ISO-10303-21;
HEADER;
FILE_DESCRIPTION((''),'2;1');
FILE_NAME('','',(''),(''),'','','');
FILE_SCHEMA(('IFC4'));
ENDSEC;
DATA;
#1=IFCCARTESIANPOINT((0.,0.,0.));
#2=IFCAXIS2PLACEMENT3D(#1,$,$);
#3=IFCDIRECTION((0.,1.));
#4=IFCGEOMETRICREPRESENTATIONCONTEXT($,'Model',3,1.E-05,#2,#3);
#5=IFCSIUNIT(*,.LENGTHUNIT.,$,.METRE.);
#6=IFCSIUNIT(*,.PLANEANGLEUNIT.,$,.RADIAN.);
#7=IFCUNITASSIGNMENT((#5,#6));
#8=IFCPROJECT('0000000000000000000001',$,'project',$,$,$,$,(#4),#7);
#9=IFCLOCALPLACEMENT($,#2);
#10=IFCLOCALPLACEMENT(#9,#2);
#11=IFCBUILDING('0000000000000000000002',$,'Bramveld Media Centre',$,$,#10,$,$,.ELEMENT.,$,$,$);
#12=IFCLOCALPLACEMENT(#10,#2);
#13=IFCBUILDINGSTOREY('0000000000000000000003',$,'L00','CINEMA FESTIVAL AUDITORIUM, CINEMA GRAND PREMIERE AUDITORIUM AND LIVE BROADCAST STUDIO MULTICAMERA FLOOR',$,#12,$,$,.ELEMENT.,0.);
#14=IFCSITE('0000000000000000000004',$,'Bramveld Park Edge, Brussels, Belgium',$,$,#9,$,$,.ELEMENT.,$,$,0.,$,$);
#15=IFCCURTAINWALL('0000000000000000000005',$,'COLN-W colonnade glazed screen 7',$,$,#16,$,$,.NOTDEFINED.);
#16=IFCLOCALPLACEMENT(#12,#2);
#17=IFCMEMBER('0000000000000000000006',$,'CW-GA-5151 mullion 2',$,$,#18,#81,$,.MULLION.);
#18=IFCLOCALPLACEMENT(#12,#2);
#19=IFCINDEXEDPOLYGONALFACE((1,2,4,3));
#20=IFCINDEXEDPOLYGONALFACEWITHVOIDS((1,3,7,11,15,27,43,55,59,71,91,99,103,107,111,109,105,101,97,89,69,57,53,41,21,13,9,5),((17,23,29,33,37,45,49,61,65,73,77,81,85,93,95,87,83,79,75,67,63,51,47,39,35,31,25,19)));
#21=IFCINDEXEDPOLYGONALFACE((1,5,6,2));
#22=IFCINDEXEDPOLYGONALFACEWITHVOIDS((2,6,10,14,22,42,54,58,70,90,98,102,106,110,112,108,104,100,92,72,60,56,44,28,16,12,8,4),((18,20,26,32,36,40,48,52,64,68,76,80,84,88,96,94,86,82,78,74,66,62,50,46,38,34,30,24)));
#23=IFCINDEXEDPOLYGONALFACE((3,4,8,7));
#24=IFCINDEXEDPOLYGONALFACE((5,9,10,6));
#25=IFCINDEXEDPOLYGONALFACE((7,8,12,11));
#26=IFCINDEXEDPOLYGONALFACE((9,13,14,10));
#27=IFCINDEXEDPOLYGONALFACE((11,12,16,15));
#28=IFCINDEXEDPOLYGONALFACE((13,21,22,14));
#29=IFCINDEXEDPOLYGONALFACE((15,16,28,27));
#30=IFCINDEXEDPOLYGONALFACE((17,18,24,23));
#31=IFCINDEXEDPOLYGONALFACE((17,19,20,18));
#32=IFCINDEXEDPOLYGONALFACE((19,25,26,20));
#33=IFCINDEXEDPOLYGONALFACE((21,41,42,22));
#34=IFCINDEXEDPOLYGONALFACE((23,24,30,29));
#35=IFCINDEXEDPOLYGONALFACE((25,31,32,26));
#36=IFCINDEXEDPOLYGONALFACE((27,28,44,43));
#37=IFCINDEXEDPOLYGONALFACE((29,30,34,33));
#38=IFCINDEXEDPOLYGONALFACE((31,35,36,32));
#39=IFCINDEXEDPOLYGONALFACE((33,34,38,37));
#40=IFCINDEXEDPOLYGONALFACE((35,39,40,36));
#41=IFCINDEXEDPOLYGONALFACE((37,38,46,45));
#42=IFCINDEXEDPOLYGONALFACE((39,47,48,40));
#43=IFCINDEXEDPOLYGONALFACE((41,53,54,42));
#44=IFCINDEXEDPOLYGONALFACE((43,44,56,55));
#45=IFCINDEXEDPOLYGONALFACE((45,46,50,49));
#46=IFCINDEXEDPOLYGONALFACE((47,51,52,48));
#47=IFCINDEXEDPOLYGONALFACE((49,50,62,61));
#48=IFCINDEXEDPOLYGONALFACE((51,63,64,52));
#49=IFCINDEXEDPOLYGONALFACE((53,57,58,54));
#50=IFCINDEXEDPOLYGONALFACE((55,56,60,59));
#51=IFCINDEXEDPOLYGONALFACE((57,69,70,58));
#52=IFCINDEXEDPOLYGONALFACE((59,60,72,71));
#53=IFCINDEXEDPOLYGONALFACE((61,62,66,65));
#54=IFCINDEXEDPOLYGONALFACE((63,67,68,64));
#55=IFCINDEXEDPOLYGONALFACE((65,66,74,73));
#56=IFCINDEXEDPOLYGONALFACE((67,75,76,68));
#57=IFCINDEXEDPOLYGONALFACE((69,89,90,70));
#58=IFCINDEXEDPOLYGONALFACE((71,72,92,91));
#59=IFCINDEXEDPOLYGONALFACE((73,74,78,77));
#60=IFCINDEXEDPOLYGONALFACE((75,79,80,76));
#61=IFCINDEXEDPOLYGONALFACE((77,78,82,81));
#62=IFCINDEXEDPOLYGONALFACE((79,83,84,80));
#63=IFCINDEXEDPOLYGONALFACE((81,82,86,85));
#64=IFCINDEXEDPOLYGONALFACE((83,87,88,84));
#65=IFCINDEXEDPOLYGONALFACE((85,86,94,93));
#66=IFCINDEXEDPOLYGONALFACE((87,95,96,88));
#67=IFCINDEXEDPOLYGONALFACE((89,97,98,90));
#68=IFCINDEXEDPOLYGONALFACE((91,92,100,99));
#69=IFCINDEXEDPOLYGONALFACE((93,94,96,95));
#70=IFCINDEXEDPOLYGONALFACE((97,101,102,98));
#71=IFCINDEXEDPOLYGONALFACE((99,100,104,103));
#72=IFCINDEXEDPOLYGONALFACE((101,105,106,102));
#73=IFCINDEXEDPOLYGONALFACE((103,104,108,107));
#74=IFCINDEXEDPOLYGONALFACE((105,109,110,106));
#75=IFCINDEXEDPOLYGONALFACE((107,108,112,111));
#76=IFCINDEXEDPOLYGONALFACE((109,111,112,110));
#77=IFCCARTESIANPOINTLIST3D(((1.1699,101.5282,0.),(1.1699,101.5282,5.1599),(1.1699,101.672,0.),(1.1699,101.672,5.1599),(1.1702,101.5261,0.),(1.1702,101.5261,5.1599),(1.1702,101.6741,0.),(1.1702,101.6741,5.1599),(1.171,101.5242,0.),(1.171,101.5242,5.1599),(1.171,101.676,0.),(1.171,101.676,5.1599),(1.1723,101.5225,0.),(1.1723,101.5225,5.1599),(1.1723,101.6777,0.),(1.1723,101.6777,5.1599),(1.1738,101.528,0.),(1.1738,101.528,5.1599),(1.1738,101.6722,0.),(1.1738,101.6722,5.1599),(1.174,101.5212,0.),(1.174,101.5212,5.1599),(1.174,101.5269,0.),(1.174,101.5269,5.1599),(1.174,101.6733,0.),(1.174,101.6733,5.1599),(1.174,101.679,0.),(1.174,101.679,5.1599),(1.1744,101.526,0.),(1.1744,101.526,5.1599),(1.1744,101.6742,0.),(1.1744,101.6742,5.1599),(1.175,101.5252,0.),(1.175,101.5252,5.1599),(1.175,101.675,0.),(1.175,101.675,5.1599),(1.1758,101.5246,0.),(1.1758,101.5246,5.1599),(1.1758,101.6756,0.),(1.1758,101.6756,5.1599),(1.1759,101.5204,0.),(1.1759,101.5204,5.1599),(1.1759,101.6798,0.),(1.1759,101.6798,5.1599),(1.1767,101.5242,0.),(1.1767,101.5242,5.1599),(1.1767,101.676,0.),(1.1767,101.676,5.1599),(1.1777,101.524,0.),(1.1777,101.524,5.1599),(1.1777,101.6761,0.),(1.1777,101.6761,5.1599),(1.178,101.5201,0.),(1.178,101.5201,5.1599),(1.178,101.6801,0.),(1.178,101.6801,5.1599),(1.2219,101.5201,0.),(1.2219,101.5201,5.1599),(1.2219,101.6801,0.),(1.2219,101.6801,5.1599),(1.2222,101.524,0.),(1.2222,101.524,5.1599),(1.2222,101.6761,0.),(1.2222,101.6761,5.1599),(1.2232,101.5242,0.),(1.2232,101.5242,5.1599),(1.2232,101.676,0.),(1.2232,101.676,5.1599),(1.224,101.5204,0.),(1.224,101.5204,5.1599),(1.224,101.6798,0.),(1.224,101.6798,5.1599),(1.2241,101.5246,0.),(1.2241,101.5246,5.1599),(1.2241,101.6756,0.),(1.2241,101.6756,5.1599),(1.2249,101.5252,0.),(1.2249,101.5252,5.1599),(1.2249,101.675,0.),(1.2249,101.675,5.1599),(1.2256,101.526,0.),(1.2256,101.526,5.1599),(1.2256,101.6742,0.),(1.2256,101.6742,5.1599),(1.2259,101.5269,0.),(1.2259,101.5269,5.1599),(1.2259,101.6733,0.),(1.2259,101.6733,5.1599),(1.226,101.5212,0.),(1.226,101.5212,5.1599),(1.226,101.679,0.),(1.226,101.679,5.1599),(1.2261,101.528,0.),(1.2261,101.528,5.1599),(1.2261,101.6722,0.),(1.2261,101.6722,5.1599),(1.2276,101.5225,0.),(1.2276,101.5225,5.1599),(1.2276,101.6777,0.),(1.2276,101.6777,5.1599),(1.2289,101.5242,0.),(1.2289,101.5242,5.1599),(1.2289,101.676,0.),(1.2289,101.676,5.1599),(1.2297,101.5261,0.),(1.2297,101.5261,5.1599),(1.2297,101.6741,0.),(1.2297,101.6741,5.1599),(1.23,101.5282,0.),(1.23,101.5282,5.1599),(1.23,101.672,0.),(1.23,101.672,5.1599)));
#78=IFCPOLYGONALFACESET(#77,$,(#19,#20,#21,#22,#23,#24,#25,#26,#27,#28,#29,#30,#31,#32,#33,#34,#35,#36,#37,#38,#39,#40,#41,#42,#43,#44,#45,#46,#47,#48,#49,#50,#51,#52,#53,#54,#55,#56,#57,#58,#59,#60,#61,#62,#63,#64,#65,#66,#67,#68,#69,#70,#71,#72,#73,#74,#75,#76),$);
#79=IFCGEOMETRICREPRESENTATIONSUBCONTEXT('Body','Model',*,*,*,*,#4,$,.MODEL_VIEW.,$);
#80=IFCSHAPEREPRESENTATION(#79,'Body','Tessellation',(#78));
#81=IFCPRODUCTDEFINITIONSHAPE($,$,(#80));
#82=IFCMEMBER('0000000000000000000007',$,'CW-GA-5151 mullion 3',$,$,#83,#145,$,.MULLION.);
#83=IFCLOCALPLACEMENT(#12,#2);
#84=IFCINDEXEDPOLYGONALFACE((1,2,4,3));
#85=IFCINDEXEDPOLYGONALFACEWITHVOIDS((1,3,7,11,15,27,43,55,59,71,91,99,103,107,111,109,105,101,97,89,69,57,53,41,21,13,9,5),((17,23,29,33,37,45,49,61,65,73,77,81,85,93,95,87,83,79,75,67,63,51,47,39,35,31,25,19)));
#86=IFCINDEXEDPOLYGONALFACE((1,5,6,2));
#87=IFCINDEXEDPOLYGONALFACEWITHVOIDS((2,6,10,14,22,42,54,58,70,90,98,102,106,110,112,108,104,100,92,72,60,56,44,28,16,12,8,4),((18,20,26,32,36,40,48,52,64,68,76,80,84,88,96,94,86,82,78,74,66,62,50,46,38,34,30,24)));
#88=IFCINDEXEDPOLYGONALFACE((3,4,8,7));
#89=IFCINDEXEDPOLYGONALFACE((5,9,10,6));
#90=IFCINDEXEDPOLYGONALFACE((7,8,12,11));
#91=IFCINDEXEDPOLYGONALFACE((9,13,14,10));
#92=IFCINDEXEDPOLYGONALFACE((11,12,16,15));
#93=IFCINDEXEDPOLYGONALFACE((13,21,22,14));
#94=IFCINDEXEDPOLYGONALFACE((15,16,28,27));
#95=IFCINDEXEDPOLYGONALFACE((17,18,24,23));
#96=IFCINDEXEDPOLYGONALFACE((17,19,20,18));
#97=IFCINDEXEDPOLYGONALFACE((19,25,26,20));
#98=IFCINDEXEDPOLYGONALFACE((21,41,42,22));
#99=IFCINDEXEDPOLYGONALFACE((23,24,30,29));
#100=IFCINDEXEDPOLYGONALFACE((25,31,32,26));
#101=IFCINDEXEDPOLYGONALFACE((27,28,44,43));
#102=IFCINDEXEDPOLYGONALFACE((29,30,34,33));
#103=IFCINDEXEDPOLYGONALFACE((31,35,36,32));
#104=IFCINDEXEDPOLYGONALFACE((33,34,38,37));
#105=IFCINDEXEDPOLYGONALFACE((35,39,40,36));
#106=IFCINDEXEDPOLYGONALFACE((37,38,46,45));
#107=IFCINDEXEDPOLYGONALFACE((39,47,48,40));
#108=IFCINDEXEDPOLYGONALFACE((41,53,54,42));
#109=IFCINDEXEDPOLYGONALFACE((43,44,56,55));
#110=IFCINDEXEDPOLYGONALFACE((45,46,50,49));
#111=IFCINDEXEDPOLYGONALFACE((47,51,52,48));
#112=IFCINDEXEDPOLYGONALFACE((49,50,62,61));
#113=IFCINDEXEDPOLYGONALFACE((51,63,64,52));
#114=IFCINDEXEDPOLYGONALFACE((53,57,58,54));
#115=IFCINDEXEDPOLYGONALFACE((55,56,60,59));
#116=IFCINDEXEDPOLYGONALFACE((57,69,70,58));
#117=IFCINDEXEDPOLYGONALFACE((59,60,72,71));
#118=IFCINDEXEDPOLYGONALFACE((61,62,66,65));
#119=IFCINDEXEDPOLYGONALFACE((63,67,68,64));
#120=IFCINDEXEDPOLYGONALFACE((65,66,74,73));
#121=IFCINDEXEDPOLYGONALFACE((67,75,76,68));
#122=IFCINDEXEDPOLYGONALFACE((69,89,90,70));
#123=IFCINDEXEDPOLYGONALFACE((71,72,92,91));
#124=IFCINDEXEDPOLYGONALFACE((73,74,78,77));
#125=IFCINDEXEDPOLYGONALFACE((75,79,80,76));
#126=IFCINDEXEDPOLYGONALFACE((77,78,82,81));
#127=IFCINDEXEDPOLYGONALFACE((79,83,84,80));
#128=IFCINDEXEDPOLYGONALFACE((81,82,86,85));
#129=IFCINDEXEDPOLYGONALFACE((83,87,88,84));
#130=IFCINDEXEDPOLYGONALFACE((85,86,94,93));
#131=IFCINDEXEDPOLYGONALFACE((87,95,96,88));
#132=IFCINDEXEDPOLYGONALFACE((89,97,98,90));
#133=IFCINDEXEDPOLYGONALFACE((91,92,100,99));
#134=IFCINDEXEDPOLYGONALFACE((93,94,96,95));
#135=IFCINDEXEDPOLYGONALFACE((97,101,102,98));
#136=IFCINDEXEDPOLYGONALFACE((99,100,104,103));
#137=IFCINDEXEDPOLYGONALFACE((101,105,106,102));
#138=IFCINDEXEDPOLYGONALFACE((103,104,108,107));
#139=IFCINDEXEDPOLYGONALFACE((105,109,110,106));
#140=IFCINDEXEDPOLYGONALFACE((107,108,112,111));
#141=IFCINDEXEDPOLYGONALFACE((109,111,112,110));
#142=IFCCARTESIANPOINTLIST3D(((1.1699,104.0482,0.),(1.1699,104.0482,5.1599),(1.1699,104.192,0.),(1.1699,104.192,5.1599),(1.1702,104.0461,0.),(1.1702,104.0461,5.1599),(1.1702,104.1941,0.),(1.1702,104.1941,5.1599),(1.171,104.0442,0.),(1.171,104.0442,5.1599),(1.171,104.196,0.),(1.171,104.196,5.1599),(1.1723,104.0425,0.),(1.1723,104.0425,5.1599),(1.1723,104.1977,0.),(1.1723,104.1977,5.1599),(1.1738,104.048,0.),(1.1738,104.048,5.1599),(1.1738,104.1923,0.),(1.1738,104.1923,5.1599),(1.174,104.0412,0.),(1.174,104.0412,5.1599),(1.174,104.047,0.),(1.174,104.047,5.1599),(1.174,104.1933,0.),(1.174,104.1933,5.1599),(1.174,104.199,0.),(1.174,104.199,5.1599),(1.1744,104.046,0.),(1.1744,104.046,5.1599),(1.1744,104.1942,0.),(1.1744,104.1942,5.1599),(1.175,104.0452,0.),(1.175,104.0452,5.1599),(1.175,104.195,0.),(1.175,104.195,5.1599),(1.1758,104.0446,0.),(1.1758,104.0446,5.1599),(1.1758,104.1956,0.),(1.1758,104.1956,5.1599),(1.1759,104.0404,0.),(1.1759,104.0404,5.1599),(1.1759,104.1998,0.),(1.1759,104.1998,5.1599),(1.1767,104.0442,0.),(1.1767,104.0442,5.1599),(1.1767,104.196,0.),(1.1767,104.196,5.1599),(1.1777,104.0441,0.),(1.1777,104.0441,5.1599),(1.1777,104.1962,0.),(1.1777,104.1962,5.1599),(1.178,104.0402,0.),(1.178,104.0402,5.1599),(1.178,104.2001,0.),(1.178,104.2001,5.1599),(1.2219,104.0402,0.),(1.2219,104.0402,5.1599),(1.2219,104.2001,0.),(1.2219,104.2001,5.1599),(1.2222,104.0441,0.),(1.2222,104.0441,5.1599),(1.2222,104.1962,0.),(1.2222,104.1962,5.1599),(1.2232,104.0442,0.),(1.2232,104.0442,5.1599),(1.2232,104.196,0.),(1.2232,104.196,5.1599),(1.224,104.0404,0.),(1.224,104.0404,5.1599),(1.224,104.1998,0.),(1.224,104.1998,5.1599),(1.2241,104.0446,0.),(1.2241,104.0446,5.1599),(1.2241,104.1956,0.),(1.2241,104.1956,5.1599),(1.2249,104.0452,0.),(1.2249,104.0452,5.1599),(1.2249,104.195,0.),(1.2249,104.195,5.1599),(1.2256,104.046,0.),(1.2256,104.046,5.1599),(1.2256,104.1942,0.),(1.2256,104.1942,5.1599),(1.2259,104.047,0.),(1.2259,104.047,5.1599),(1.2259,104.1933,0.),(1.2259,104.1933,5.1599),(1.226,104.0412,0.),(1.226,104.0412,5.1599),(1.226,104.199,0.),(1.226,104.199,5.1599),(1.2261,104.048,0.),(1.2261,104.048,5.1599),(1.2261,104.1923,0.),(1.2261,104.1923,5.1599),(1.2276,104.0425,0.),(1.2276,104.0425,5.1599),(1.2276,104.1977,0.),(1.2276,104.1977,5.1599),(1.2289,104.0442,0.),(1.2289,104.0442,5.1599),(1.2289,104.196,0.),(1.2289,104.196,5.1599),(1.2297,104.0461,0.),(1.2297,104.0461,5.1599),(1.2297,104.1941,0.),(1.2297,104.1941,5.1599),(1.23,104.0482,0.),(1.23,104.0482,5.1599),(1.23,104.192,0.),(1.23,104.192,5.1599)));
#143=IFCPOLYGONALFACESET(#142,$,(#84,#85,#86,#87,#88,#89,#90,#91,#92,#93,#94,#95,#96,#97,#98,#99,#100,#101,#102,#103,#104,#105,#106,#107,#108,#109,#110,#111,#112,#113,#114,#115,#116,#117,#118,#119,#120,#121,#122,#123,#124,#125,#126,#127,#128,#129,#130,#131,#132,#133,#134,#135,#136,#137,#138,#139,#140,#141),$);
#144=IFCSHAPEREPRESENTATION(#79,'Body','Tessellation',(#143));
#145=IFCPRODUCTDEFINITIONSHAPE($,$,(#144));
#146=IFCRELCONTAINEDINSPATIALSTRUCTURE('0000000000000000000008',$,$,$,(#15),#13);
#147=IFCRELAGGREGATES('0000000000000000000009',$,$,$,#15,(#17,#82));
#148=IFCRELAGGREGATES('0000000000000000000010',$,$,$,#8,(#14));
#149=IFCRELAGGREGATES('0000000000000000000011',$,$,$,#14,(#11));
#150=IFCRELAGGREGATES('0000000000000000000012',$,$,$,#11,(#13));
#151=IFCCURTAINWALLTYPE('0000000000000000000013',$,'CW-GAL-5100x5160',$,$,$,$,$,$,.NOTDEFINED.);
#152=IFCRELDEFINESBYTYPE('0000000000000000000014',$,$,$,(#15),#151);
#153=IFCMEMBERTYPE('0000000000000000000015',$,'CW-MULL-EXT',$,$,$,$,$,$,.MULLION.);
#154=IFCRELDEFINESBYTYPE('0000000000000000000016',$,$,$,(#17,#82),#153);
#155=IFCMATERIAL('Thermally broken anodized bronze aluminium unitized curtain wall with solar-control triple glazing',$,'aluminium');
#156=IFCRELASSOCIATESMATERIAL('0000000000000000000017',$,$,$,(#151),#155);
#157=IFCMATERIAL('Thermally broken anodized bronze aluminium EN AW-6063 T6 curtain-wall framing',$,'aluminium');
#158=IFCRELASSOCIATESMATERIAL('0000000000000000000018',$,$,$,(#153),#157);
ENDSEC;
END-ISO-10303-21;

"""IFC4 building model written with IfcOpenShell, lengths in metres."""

from ifc_helpers import new_model, si_unit, direction, frame, origin, origin_2d, place, context, subcontext, project, spatial, hollow_rectangle, extrude, material, material_profile, profile_set, type_object, element, aggregate, save


model = new_model("IFC4")

# Units and contexts
model_context = context("Model", 3, precision=1e-05, world=origin(), true_north=direction((0.0, 1.0)))
body_context = subcontext(model_context, "Body", "Model", "MODEL_VIEW")
ifc_project = project(units=[si_unit("LENGTHUNIT", "METRE"), si_unit("PLANEANGLEUNIT", "RADIAN")], contexts=[model_context])

# Site, building, storey
site_placement = place(None, origin())
site = spatial("IfcSite", under=ifc_project, at=site_placement, Name="Bramveld Park Edge, Brussels, Belgium", CompositionType="ELEMENT", RefElevation=0.0)
building_placement = place(site_placement, origin())
building = spatial("IfcBuilding", under=site, at=building_placement, Name="Bramveld Media Centre", CompositionType="ELEMENT")
storey_placement = place(building_placement, origin())
storey = spatial("IfcBuildingStorey", under=building, at=storey_placement, Name="L00", Description="CINEMA FESTIVAL AUDITORIUM, CINEMA GRAND PREMIERE AUDITORIUM AND LIVE BROADCAST STUDIO MULTICAMERA FLOOR", CompositionType="ELEMENT", Elevation=0.0)

# Curtain wall, members
ifc_material_1 = material(Name="Thermally broken anodized bronze aluminium unitized curtain wall with solar-control triple glazing", Category="aluminium")
curtain_wall_type = type_object("IfcCurtainWallType", Name="CW-GAL-5100x5160", PredefinedType="NOTDEFINED", material=ifc_material_1)
curtain_wall_1_placement = place(storey_placement, origin())
curtain_wall_1 = element("IfcCurtainWall", 1, at=curtain_wall_1_placement, inside=storey, type_object=curtain_wall_type, Name="COLN-W colonnade glazed screen 7", PredefinedType="NOTDEFINED")
ifc_material_2 = material(Name="Thermally broken anodized bronze aluminium EN AW-6063 T6 curtain-wall framing", Category="aluminium")
ifc_material_profile_1 = material_profile(ifc_material_2, hollow_rectangle(XDim=0.0601, YDim=0.1599, WallThickness=0.0039, InnerFilletRadius=0.0039, OuterFilletRadius=0.0081, at=origin_2d()), Name="AL-MULL 60x160")
ifc_profile_set_1 = profile_set([ifc_material_profile_1], Name="Thermally broken anodized bronze aluminium EN AW-6063 T6 curtain-wall framing")
member_type_1 = type_object("IfcMemberType", Name="CW-MULL-EXT", PredefinedType="MULLION", material=ifc_profile_set_1)
member_1_placement = place(storey_placement, frame((1.2, 101.6001, 0.0), z_axis=(0.0, 0.0, 1.0), x_axis=(-1.0, 0.0, 0.0)))
member_1 = element("IfcMember", 2, at=member_1_placement, type_object=member_type_1, Name="CW-GA-5151 mullion 2", PredefinedType="MULLION", context=body_context, shape_type="SweptSolid", body=[
    extrude(hollow_rectangle(XDim=0.0601, YDim=0.1599, WallThickness=0.0039, InnerFilletRadius=0.0039, OuterFilletRadius=0.0081, at=origin_2d()), origin(), (0.0, 0.0, 1.0), 5.1599),
])
member_2_placement = place(storey_placement, frame((1.2, 104.1201, 0.0), z_axis=(0.0, 0.0, 1.0), x_axis=(-1.0, 0.0, 0.0)))
member_2 = element("IfcMember", 3, at=member_2_placement, type_object=member_type_1, Name="CW-GA-5151 mullion 3", PredefinedType="MULLION", context=body_context, shape_type="SweptSolid", body=[
    extrude(hollow_rectangle(XDim=0.0601, YDim=0.1599, WallThickness=0.0039, InnerFilletRadius=0.0039, OuterFilletRadius=0.0081, at=origin_2d()), origin(), (0.0, 0.0, 1.0), 5.1599),
])

aggregate(curtain_wall_1, [member_1, member_2])

save(model, "model.ifc")
